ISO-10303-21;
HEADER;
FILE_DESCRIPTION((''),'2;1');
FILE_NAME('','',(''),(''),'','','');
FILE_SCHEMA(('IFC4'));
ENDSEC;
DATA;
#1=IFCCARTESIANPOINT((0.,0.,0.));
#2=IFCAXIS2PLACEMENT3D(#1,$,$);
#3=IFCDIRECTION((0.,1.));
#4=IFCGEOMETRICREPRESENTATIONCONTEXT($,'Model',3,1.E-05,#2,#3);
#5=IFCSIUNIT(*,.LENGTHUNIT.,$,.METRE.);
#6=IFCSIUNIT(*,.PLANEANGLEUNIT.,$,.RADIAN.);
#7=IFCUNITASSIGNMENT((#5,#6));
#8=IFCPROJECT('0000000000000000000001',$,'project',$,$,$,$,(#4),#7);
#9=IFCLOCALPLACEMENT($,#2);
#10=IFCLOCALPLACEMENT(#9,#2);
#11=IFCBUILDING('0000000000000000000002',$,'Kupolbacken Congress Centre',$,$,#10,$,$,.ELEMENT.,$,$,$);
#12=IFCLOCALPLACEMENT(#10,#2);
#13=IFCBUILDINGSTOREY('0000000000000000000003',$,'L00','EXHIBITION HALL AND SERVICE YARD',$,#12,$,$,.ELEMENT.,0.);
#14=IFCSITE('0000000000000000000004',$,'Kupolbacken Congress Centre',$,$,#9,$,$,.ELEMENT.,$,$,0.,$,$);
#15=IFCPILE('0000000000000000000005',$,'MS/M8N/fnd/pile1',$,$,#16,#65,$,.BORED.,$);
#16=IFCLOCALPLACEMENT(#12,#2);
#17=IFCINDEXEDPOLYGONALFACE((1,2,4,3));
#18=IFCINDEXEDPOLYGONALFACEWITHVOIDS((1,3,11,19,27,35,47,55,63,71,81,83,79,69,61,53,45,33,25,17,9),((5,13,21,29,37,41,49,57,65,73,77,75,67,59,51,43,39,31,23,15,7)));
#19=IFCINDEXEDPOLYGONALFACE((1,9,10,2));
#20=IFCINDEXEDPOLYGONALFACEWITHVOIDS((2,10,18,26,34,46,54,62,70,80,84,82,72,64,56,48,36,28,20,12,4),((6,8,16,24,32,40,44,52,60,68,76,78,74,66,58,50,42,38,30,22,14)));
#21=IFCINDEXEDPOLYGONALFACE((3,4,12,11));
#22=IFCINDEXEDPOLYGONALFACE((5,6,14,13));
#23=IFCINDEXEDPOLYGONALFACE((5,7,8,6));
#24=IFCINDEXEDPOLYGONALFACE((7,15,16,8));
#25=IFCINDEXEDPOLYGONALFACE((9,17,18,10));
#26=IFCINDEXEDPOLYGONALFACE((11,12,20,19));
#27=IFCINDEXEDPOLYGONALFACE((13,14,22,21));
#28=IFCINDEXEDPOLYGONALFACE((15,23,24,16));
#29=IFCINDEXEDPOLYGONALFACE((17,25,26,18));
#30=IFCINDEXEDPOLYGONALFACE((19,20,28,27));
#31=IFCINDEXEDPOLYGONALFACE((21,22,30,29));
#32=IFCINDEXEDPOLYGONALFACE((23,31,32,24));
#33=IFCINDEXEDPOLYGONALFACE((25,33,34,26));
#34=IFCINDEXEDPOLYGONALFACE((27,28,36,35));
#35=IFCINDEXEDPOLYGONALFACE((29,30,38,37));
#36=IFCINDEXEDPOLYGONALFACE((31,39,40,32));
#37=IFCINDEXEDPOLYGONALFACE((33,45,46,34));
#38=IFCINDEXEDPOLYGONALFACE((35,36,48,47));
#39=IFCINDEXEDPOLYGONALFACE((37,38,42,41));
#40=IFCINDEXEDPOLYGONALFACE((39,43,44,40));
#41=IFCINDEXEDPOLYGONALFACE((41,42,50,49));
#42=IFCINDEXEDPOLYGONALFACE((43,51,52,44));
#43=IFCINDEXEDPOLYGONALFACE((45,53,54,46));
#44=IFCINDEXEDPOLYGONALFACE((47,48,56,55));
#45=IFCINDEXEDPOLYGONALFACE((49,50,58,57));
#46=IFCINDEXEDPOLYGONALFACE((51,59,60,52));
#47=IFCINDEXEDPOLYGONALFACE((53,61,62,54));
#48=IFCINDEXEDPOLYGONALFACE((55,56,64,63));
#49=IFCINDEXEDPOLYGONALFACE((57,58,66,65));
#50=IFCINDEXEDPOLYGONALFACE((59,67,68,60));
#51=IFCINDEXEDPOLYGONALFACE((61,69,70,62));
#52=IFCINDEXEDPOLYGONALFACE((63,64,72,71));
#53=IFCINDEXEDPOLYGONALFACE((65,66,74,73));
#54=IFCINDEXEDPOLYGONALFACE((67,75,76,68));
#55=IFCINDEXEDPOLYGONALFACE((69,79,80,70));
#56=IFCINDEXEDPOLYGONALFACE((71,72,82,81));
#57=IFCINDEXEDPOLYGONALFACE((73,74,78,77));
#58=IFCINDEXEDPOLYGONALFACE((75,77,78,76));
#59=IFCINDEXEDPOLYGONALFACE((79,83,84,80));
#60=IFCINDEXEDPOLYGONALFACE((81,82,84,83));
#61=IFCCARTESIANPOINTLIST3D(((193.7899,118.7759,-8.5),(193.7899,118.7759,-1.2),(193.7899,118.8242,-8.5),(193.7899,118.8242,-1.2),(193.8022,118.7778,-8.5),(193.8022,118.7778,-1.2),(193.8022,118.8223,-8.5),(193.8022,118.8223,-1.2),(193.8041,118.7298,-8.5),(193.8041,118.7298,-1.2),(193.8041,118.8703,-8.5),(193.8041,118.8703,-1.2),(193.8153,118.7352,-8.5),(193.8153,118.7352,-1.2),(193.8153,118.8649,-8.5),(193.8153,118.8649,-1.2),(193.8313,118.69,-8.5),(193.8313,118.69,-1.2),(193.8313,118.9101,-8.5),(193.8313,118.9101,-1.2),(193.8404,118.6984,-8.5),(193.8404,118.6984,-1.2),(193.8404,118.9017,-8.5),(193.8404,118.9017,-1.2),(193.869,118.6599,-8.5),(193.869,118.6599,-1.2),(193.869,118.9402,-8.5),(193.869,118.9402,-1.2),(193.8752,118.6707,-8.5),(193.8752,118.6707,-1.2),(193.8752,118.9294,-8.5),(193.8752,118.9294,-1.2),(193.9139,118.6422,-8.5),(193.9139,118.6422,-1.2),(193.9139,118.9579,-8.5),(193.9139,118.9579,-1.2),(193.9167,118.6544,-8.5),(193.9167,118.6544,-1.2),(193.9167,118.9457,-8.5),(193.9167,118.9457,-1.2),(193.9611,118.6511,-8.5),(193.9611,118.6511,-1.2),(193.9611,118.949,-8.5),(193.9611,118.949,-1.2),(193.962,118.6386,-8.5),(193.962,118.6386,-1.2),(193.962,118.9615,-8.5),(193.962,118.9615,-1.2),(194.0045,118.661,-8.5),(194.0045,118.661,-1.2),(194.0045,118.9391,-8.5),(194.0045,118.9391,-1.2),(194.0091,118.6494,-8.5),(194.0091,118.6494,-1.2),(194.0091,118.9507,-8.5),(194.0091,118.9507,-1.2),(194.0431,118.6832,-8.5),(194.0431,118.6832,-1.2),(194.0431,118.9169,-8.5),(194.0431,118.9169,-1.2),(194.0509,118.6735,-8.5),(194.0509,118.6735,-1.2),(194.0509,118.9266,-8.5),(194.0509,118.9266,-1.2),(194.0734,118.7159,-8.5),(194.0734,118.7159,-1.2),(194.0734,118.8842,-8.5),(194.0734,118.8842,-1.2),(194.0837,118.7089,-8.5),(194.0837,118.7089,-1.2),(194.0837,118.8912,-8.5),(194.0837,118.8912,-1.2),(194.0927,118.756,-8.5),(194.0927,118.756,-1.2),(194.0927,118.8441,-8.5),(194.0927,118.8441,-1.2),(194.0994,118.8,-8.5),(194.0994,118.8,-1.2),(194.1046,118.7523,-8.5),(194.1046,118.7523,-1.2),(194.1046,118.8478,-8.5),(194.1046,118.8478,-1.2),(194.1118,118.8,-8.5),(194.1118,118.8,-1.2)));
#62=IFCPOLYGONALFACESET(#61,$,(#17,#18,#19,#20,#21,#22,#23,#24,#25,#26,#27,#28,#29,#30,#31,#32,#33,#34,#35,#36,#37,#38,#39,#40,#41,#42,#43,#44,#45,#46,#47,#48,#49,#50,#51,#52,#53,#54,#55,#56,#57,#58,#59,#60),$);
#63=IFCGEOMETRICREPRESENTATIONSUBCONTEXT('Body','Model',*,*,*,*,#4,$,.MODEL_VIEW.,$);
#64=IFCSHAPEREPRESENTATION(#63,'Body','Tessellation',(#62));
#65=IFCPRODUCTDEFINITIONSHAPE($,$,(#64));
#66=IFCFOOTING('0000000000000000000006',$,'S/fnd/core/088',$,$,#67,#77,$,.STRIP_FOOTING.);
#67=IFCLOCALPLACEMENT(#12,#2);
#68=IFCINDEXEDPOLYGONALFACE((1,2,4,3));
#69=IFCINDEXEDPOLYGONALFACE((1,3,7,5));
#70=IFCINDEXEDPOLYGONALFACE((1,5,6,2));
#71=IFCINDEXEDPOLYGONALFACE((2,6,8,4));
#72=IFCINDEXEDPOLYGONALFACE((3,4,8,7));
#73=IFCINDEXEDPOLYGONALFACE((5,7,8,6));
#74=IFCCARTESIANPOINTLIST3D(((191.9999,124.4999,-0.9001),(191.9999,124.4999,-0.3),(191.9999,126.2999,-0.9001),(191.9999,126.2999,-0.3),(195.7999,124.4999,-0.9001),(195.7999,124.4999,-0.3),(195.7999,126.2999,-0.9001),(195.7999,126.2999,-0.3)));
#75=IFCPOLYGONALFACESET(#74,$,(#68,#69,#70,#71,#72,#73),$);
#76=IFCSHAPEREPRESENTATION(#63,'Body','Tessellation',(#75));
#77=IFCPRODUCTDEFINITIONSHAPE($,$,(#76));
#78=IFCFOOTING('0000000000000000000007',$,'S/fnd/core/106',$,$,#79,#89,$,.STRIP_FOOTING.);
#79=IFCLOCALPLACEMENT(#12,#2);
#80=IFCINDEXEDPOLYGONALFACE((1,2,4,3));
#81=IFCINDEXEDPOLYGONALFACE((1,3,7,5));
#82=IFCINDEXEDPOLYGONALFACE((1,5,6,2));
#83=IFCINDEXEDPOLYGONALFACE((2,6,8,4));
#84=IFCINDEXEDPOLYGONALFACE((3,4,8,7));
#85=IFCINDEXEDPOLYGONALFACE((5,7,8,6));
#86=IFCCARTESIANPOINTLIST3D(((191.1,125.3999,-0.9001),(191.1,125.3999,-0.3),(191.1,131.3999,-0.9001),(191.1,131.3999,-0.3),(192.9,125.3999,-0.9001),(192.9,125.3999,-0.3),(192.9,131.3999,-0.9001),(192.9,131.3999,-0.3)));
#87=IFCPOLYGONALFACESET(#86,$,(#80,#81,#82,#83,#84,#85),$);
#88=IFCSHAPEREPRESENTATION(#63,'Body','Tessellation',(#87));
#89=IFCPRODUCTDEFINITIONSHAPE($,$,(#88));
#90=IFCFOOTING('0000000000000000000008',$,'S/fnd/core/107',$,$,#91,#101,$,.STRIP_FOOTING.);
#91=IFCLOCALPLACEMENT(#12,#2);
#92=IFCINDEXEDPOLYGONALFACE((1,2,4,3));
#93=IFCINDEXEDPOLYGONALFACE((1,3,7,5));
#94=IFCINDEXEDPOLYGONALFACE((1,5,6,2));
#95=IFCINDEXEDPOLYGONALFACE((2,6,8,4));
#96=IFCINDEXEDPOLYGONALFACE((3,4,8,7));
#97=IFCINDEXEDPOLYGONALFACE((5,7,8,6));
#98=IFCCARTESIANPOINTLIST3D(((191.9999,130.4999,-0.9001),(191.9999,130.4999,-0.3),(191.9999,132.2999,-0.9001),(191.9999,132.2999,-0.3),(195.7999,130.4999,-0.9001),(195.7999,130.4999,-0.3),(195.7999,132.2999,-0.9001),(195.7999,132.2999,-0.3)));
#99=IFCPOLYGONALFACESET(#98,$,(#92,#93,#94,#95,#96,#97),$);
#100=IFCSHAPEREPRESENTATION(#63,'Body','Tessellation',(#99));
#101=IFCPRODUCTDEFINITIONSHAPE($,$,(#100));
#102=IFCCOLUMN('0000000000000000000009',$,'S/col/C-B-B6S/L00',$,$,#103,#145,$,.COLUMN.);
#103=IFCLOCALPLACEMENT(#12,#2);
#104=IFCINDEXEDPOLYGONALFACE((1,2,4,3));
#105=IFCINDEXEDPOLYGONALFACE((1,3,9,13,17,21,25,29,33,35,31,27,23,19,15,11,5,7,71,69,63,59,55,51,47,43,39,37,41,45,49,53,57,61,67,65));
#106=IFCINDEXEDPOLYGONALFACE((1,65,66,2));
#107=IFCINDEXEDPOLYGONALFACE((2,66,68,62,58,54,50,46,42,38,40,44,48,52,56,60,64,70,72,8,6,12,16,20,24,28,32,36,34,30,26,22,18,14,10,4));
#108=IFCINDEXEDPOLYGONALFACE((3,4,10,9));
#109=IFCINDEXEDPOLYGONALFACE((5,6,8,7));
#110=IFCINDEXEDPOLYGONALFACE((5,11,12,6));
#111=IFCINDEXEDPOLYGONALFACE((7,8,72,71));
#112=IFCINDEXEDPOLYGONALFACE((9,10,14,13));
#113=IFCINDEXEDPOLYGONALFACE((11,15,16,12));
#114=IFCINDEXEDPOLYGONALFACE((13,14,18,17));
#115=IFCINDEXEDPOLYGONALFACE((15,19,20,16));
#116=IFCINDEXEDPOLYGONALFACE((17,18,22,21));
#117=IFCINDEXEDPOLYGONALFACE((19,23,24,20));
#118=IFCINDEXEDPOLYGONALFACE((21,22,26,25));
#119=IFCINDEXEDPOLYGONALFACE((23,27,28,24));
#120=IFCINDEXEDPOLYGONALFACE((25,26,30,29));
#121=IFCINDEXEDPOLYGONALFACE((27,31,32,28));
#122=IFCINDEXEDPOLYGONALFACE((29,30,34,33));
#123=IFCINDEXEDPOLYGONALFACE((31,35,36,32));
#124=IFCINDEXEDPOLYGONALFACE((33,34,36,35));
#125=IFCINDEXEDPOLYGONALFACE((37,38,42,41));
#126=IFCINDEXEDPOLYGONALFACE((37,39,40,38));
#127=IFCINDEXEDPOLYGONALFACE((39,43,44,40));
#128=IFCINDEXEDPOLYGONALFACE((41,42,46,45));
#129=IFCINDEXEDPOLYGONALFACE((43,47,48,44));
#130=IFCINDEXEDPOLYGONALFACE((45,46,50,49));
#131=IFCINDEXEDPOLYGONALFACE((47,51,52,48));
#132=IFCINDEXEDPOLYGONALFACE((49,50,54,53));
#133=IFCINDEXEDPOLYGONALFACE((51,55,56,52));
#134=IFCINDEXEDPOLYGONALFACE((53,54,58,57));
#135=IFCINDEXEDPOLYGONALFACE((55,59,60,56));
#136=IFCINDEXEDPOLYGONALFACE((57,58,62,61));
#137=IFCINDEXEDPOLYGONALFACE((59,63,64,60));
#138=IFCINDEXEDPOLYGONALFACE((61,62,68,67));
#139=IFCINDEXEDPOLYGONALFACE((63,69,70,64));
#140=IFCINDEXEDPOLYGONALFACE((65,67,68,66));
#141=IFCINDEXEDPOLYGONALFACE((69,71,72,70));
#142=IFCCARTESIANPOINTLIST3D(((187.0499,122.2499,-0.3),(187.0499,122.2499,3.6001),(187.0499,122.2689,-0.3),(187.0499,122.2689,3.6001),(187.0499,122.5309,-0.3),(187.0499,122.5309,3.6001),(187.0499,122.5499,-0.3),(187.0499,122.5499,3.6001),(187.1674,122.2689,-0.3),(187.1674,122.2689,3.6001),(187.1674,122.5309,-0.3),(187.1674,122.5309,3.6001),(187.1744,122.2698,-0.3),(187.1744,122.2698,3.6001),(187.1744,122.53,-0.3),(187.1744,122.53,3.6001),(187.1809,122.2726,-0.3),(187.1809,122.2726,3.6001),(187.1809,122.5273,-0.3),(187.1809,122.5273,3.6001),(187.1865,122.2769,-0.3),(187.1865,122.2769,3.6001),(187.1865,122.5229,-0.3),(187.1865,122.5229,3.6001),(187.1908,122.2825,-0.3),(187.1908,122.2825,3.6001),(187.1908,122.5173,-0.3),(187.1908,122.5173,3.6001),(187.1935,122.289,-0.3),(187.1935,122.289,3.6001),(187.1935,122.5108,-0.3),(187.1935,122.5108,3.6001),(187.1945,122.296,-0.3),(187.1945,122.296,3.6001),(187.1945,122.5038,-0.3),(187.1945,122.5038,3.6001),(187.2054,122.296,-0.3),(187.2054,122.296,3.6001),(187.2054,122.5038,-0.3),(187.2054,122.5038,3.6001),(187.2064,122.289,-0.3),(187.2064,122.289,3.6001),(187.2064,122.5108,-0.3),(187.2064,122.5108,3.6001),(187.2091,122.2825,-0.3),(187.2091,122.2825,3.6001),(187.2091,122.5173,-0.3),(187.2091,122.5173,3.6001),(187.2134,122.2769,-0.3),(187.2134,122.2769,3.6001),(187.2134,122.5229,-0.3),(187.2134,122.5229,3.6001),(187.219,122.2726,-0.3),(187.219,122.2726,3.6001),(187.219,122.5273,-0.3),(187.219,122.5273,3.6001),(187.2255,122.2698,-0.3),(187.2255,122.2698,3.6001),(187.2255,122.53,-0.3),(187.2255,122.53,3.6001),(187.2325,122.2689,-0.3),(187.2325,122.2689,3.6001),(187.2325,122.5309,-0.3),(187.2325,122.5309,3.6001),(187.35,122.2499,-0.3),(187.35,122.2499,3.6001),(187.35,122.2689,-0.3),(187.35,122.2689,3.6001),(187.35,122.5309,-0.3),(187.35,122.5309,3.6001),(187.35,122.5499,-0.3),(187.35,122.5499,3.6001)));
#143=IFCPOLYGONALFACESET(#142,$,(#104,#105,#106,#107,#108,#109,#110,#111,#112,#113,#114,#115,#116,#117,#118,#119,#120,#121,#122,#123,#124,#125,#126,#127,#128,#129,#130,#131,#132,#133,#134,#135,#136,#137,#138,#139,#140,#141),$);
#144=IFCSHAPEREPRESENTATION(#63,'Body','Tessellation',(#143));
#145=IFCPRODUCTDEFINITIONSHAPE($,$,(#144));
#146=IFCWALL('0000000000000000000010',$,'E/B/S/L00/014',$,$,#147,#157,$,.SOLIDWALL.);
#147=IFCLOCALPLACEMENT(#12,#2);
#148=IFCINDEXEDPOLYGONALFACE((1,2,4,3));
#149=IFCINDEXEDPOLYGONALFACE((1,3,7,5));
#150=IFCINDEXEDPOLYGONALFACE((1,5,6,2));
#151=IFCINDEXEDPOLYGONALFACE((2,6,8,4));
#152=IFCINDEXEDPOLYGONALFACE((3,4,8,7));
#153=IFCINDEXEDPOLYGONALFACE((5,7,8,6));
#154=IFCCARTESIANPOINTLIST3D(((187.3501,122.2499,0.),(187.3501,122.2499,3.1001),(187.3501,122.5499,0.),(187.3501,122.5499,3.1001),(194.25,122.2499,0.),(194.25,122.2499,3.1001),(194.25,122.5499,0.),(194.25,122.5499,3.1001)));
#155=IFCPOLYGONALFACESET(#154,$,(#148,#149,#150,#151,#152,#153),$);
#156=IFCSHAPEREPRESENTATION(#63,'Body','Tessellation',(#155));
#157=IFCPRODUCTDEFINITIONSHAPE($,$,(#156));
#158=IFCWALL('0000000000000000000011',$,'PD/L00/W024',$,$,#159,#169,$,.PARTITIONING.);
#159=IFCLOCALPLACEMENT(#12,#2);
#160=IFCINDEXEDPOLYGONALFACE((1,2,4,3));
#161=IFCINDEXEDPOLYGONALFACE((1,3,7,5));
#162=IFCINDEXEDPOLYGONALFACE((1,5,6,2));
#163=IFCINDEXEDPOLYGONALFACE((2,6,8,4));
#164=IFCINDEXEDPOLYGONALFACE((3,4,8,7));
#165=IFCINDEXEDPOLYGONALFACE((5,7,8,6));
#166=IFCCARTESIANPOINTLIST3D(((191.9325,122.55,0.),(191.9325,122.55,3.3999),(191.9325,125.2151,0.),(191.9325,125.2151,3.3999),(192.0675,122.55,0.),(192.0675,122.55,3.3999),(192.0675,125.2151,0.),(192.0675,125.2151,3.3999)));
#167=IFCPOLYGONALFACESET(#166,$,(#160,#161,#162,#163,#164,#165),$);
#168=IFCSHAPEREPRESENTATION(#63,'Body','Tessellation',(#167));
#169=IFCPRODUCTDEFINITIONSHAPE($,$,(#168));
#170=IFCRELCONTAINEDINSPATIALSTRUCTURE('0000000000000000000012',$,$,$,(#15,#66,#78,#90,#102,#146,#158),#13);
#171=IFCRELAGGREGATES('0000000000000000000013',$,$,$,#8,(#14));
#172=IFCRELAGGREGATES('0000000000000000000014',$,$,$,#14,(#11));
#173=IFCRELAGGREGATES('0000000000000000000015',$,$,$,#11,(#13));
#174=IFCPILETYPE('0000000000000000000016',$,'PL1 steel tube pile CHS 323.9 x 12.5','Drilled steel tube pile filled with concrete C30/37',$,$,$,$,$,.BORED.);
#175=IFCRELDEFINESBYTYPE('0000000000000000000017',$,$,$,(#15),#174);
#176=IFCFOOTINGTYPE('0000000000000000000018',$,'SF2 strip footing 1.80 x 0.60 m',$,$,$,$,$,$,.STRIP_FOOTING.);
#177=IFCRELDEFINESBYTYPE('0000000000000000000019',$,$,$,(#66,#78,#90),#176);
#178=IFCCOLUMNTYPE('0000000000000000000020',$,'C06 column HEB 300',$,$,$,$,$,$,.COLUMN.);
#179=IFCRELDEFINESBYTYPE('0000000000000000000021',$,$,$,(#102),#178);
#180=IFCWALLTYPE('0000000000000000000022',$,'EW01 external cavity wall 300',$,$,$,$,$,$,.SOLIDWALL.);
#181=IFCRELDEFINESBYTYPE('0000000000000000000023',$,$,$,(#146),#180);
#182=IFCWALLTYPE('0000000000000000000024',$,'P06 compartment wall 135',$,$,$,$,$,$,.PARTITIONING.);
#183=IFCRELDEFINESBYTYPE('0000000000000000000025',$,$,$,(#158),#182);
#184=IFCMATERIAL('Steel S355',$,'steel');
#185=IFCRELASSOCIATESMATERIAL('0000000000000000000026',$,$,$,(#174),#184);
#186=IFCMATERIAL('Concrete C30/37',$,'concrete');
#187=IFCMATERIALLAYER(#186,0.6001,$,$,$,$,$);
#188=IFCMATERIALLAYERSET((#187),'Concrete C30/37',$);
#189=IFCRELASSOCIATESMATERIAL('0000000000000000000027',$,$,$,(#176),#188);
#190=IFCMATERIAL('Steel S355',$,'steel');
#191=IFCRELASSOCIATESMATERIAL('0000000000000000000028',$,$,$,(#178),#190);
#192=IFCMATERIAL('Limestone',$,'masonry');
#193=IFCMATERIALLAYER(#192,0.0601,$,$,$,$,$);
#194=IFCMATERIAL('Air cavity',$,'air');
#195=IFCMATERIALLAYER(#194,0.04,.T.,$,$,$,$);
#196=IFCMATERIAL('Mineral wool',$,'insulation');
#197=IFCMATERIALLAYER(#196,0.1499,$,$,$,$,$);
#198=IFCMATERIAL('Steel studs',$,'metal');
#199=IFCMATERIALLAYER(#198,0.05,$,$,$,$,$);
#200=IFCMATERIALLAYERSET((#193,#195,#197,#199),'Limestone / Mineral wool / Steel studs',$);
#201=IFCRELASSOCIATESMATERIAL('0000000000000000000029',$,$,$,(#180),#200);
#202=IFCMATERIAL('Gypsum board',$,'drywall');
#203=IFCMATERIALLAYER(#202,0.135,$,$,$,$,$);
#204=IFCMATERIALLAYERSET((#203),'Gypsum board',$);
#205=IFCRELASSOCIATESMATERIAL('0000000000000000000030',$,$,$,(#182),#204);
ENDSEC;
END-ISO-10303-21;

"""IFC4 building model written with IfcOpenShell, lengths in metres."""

from ifc_helpers import new_model, si_unit, direction, frame, frame_2d, origin, origin_2d, place, context, subcontext, project, spatial, rectangle, hollow_circle, i_section, extrude, material, layer, layer_set, material_profile, profile_set, type_object, element, save


model = new_model("IFC4")

# Units and contexts
model_context = context("Model", 3, precision=1e-05, world=origin(), true_north=direction((0.0, 1.0)))
body_context = subcontext(model_context, "Body", "Model", "MODEL_VIEW")
ifc_project = project(units=[si_unit("LENGTHUNIT", "METRE"), si_unit("PLANEANGLEUNIT", "RADIAN")], contexts=[model_context])

# Site, building, storey
site_placement = place(None, origin())
site = spatial("IfcSite", under=ifc_project, at=site_placement, Name="Kupolbacken Congress Centre", CompositionType="ELEMENT", RefElevation=0.0)
building_placement = place(site_placement, origin())
building = spatial("IfcBuilding", under=site, at=building_placement, Name="Kupolbacken Congress Centre", CompositionType="ELEMENT")
storey_placement = place(building_placement, origin())
storey = spatial("IfcBuildingStorey", under=building, at=storey_placement, Name="L00", Description="EXHIBITION HALL AND SERVICE YARD", CompositionType="ELEMENT", Elevation=0.0)

# Pile
ifc_material_1 = material(Name="Steel S355", Category="steel")
ifc_material_profile_1 = material_profile(ifc_material_1, hollow_circle(Radius=0.1619, WallThickness=0.0125, at=origin_2d()), Name="CHS 323.9 x 12.5")
ifc_profile_set_1 = profile_set([ifc_material_profile_1], Name="Steel S355")
pile_type = type_object("IfcPileType", Name="PL1 steel tube pile CHS 323.9 x 12.5", Description="Drilled steel tube pile filled with concrete C30/37", PredefinedType="BORED", material=ifc_profile_set_1)
for number, where, z_axis, x_axis, name in (
    (1, (193.95, 118.8, -1.2), (0.0, 0.0, -1.0), (1.0, 0.0, 0.0), "MS/M8N/fnd/pile1"),
):
    element("IfcPile", number, at=place(storey_placement, frame(where, z_axis=z_axis, x_axis=x_axis)), inside=storey, type_object=pile_type, Name=name, PredefinedType="BORED", context=body_context, shape_type="SweptSolid", body=[
        extrude(hollow_circle(Radius=0.1619, WallThickness=0.0125, at=origin_2d()), origin(), (0.0, 0.0, 1.0), 7.3),
    ])

# Footings
ifc_material_2 = material(Name="Concrete C30/37", Category="concrete")
ifc_layer_1 = layer(ifc_material_2, 0.6001)
ifc_layer_set_1 = layer_set([ifc_layer_1], Name="Concrete C30/37")
footing_type_1 = type_object("IfcFootingType", Name="SF2 strip footing 1.80 x 0.60 m", PredefinedType="STRIP_FOOTING", material=ifc_layer_set_1)
footing_1_placement = place(storey_placement, frame((193.8999, 125.3999, -0.9001), z_axis=(0.0, 0.0, 1.0), x_axis=(1.0, 0.0, 0.0)))
element("IfcFooting", 2, at=footing_1_placement, inside=storey, type_object=footing_type_1, Name="S/fnd/core/088", PredefinedType="STRIP_FOOTING", context=body_context, shape_type="SweptSolid", body=[
    extrude(rectangle(XDim=3.8, YDim=1.8, at=origin_2d()), origin(), (0.0, 0.0, 1.0), 0.6001),
])
footing_2_placement = place(storey_placement, frame((192.0, 128.3999, -0.9001), z_axis=(0.0, 0.0, 1.0), x_axis=(0.0, 1.0, 0.0)))
element("IfcFooting", 3, at=footing_2_placement, inside=storey, type_object=footing_type_1, Name="S/fnd/core/106", PredefinedType="STRIP_FOOTING", context=body_context, shape_type="SweptSolid", body=[
    extrude(rectangle(XDim=6.0, YDim=1.8, at=origin_2d()), origin(), (0.0, 0.0, 1.0), 0.6001),
])
footing_3_placement = place(storey_placement, frame((193.8999, 131.3999, -0.9001), z_axis=(0.0, 0.0, 1.0), x_axis=(1.0, 0.0, 0.0)))
element("IfcFooting", 4, at=footing_3_placement, inside=storey, type_object=footing_type_1, Name="S/fnd/core/107", PredefinedType="STRIP_FOOTING", context=body_context, shape_type="SweptSolid", body=[
    extrude(rectangle(XDim=3.8, YDim=1.8, at=origin_2d()), origin(), (0.0, 0.0, 1.0), 0.6001),
])

# Column
ifc_material_3 = material(Name="Steel S355", Category="steel")
ifc_material_profile_2 = material_profile(ifc_material_3, i_section(OverallWidth=0.3, OverallDepth=0.3, WebThickness=0.011, FlangeThickness=0.019, FilletRadius=0.0271, at=origin_2d()), Name="HEB 300")
ifc_profile_set_2 = profile_set([ifc_material_profile_2], Name="Steel S355")
column_type = type_object("IfcColumnType", Name="C06 column HEB 300", PredefinedType="COLUMN", material=ifc_profile_set_2)
column_placement = place(storey_placement, frame((187.2, 122.3999, -0.3), z_axis=(0.0, 0.0, 1.0), x_axis=(1.0, 0.0, 0.0)))
element("IfcColumn", 5, at=column_placement, inside=storey, type_object=column_type, Name="S/col/C-B-B6S/L00", PredefinedType="COLUMN", context=body_context, shape_type="SweptSolid", body=[
    extrude(i_section(OverallWidth=0.3, OverallDepth=0.3, WebThickness=0.011, FlangeThickness=0.019, FilletRadius=0.0271, at=origin_2d()), origin(), (0.0, 0.0, 1.0), 3.9001),
])

# Walls
ifc_material_4 = material(Name="Limestone", Category="masonry")
ifc_layer_2 = layer(ifc_material_4, 0.0601)
ifc_material_5 = material(Name="Air cavity", Category="air")
ifc_layer_3 = layer(ifc_material_5, 0.04, ventilated=True)
ifc_material_6 = material(Name="Mineral wool", Category="insulation")
ifc_layer_4 = layer(ifc_material_6, 0.1499)
ifc_material_7 = material(Name="Steel studs", Category="metal")
ifc_layer_5 = layer(ifc_material_7, 0.05)
ifc_layer_set_2 = layer_set([ifc_layer_2, ifc_layer_3, ifc_layer_4, ifc_layer_5], Name="Limestone / Mineral wool / Steel studs")
wall_type_1 = type_object("IfcWallType", Name="EW01 external cavity wall 300", PredefinedType="SOLIDWALL", material=ifc_layer_set_2)
wall_1_placement = place(storey_placement, frame((187.3501, 122.3999, 0.0), z_axis=(0.0, 0.0, 1.0), x_axis=(1.0, 0.0, 0.0)))
element("IfcWall", 6, at=wall_1_placement, inside=storey, type_object=wall_type_1, Name="E/B/S/L00/014", PredefinedType="SOLIDWALL", context=body_context, shape_type="SweptSolid", body=[
    extrude(rectangle(XDim=6.8999, YDim=0.3, at=frame_2d((3.45, 0.0))), origin(), (0.0, 0.0, 1.0), 3.1001),
])
ifc_material_8 = material(Name="Gypsum board", Category="drywall")
ifc_layer_6 = layer(ifc_material_8, 0.135)
ifc_layer_set_3 = layer_set([ifc_layer_6], Name="Gypsum board")
wall_type_2 = type_object("IfcWallType", Name="P06 compartment wall 135", PredefinedType="PARTITIONING", material=ifc_layer_set_3)
wall_2_placement = place(storey_placement, frame((192.0, 122.55, 0.0), z_axis=(0.0, 0.0, 1.0), x_axis=(0.0, 1.0, 0.0)))
element("IfcWall", 7, at=wall_2_placement, inside=storey, type_object=wall_type_2, Name="PD/L00/W024", PredefinedType="PARTITIONING", context=body_context, shape_type="SweptSolid", body=[
    extrude(rectangle(XDim=2.665, YDim=0.135, at=frame_2d((1.3325, 0.0))), origin(), (0.0, 0.0, 1.0), 3.3999),
])

save(model, "model.ifc")
